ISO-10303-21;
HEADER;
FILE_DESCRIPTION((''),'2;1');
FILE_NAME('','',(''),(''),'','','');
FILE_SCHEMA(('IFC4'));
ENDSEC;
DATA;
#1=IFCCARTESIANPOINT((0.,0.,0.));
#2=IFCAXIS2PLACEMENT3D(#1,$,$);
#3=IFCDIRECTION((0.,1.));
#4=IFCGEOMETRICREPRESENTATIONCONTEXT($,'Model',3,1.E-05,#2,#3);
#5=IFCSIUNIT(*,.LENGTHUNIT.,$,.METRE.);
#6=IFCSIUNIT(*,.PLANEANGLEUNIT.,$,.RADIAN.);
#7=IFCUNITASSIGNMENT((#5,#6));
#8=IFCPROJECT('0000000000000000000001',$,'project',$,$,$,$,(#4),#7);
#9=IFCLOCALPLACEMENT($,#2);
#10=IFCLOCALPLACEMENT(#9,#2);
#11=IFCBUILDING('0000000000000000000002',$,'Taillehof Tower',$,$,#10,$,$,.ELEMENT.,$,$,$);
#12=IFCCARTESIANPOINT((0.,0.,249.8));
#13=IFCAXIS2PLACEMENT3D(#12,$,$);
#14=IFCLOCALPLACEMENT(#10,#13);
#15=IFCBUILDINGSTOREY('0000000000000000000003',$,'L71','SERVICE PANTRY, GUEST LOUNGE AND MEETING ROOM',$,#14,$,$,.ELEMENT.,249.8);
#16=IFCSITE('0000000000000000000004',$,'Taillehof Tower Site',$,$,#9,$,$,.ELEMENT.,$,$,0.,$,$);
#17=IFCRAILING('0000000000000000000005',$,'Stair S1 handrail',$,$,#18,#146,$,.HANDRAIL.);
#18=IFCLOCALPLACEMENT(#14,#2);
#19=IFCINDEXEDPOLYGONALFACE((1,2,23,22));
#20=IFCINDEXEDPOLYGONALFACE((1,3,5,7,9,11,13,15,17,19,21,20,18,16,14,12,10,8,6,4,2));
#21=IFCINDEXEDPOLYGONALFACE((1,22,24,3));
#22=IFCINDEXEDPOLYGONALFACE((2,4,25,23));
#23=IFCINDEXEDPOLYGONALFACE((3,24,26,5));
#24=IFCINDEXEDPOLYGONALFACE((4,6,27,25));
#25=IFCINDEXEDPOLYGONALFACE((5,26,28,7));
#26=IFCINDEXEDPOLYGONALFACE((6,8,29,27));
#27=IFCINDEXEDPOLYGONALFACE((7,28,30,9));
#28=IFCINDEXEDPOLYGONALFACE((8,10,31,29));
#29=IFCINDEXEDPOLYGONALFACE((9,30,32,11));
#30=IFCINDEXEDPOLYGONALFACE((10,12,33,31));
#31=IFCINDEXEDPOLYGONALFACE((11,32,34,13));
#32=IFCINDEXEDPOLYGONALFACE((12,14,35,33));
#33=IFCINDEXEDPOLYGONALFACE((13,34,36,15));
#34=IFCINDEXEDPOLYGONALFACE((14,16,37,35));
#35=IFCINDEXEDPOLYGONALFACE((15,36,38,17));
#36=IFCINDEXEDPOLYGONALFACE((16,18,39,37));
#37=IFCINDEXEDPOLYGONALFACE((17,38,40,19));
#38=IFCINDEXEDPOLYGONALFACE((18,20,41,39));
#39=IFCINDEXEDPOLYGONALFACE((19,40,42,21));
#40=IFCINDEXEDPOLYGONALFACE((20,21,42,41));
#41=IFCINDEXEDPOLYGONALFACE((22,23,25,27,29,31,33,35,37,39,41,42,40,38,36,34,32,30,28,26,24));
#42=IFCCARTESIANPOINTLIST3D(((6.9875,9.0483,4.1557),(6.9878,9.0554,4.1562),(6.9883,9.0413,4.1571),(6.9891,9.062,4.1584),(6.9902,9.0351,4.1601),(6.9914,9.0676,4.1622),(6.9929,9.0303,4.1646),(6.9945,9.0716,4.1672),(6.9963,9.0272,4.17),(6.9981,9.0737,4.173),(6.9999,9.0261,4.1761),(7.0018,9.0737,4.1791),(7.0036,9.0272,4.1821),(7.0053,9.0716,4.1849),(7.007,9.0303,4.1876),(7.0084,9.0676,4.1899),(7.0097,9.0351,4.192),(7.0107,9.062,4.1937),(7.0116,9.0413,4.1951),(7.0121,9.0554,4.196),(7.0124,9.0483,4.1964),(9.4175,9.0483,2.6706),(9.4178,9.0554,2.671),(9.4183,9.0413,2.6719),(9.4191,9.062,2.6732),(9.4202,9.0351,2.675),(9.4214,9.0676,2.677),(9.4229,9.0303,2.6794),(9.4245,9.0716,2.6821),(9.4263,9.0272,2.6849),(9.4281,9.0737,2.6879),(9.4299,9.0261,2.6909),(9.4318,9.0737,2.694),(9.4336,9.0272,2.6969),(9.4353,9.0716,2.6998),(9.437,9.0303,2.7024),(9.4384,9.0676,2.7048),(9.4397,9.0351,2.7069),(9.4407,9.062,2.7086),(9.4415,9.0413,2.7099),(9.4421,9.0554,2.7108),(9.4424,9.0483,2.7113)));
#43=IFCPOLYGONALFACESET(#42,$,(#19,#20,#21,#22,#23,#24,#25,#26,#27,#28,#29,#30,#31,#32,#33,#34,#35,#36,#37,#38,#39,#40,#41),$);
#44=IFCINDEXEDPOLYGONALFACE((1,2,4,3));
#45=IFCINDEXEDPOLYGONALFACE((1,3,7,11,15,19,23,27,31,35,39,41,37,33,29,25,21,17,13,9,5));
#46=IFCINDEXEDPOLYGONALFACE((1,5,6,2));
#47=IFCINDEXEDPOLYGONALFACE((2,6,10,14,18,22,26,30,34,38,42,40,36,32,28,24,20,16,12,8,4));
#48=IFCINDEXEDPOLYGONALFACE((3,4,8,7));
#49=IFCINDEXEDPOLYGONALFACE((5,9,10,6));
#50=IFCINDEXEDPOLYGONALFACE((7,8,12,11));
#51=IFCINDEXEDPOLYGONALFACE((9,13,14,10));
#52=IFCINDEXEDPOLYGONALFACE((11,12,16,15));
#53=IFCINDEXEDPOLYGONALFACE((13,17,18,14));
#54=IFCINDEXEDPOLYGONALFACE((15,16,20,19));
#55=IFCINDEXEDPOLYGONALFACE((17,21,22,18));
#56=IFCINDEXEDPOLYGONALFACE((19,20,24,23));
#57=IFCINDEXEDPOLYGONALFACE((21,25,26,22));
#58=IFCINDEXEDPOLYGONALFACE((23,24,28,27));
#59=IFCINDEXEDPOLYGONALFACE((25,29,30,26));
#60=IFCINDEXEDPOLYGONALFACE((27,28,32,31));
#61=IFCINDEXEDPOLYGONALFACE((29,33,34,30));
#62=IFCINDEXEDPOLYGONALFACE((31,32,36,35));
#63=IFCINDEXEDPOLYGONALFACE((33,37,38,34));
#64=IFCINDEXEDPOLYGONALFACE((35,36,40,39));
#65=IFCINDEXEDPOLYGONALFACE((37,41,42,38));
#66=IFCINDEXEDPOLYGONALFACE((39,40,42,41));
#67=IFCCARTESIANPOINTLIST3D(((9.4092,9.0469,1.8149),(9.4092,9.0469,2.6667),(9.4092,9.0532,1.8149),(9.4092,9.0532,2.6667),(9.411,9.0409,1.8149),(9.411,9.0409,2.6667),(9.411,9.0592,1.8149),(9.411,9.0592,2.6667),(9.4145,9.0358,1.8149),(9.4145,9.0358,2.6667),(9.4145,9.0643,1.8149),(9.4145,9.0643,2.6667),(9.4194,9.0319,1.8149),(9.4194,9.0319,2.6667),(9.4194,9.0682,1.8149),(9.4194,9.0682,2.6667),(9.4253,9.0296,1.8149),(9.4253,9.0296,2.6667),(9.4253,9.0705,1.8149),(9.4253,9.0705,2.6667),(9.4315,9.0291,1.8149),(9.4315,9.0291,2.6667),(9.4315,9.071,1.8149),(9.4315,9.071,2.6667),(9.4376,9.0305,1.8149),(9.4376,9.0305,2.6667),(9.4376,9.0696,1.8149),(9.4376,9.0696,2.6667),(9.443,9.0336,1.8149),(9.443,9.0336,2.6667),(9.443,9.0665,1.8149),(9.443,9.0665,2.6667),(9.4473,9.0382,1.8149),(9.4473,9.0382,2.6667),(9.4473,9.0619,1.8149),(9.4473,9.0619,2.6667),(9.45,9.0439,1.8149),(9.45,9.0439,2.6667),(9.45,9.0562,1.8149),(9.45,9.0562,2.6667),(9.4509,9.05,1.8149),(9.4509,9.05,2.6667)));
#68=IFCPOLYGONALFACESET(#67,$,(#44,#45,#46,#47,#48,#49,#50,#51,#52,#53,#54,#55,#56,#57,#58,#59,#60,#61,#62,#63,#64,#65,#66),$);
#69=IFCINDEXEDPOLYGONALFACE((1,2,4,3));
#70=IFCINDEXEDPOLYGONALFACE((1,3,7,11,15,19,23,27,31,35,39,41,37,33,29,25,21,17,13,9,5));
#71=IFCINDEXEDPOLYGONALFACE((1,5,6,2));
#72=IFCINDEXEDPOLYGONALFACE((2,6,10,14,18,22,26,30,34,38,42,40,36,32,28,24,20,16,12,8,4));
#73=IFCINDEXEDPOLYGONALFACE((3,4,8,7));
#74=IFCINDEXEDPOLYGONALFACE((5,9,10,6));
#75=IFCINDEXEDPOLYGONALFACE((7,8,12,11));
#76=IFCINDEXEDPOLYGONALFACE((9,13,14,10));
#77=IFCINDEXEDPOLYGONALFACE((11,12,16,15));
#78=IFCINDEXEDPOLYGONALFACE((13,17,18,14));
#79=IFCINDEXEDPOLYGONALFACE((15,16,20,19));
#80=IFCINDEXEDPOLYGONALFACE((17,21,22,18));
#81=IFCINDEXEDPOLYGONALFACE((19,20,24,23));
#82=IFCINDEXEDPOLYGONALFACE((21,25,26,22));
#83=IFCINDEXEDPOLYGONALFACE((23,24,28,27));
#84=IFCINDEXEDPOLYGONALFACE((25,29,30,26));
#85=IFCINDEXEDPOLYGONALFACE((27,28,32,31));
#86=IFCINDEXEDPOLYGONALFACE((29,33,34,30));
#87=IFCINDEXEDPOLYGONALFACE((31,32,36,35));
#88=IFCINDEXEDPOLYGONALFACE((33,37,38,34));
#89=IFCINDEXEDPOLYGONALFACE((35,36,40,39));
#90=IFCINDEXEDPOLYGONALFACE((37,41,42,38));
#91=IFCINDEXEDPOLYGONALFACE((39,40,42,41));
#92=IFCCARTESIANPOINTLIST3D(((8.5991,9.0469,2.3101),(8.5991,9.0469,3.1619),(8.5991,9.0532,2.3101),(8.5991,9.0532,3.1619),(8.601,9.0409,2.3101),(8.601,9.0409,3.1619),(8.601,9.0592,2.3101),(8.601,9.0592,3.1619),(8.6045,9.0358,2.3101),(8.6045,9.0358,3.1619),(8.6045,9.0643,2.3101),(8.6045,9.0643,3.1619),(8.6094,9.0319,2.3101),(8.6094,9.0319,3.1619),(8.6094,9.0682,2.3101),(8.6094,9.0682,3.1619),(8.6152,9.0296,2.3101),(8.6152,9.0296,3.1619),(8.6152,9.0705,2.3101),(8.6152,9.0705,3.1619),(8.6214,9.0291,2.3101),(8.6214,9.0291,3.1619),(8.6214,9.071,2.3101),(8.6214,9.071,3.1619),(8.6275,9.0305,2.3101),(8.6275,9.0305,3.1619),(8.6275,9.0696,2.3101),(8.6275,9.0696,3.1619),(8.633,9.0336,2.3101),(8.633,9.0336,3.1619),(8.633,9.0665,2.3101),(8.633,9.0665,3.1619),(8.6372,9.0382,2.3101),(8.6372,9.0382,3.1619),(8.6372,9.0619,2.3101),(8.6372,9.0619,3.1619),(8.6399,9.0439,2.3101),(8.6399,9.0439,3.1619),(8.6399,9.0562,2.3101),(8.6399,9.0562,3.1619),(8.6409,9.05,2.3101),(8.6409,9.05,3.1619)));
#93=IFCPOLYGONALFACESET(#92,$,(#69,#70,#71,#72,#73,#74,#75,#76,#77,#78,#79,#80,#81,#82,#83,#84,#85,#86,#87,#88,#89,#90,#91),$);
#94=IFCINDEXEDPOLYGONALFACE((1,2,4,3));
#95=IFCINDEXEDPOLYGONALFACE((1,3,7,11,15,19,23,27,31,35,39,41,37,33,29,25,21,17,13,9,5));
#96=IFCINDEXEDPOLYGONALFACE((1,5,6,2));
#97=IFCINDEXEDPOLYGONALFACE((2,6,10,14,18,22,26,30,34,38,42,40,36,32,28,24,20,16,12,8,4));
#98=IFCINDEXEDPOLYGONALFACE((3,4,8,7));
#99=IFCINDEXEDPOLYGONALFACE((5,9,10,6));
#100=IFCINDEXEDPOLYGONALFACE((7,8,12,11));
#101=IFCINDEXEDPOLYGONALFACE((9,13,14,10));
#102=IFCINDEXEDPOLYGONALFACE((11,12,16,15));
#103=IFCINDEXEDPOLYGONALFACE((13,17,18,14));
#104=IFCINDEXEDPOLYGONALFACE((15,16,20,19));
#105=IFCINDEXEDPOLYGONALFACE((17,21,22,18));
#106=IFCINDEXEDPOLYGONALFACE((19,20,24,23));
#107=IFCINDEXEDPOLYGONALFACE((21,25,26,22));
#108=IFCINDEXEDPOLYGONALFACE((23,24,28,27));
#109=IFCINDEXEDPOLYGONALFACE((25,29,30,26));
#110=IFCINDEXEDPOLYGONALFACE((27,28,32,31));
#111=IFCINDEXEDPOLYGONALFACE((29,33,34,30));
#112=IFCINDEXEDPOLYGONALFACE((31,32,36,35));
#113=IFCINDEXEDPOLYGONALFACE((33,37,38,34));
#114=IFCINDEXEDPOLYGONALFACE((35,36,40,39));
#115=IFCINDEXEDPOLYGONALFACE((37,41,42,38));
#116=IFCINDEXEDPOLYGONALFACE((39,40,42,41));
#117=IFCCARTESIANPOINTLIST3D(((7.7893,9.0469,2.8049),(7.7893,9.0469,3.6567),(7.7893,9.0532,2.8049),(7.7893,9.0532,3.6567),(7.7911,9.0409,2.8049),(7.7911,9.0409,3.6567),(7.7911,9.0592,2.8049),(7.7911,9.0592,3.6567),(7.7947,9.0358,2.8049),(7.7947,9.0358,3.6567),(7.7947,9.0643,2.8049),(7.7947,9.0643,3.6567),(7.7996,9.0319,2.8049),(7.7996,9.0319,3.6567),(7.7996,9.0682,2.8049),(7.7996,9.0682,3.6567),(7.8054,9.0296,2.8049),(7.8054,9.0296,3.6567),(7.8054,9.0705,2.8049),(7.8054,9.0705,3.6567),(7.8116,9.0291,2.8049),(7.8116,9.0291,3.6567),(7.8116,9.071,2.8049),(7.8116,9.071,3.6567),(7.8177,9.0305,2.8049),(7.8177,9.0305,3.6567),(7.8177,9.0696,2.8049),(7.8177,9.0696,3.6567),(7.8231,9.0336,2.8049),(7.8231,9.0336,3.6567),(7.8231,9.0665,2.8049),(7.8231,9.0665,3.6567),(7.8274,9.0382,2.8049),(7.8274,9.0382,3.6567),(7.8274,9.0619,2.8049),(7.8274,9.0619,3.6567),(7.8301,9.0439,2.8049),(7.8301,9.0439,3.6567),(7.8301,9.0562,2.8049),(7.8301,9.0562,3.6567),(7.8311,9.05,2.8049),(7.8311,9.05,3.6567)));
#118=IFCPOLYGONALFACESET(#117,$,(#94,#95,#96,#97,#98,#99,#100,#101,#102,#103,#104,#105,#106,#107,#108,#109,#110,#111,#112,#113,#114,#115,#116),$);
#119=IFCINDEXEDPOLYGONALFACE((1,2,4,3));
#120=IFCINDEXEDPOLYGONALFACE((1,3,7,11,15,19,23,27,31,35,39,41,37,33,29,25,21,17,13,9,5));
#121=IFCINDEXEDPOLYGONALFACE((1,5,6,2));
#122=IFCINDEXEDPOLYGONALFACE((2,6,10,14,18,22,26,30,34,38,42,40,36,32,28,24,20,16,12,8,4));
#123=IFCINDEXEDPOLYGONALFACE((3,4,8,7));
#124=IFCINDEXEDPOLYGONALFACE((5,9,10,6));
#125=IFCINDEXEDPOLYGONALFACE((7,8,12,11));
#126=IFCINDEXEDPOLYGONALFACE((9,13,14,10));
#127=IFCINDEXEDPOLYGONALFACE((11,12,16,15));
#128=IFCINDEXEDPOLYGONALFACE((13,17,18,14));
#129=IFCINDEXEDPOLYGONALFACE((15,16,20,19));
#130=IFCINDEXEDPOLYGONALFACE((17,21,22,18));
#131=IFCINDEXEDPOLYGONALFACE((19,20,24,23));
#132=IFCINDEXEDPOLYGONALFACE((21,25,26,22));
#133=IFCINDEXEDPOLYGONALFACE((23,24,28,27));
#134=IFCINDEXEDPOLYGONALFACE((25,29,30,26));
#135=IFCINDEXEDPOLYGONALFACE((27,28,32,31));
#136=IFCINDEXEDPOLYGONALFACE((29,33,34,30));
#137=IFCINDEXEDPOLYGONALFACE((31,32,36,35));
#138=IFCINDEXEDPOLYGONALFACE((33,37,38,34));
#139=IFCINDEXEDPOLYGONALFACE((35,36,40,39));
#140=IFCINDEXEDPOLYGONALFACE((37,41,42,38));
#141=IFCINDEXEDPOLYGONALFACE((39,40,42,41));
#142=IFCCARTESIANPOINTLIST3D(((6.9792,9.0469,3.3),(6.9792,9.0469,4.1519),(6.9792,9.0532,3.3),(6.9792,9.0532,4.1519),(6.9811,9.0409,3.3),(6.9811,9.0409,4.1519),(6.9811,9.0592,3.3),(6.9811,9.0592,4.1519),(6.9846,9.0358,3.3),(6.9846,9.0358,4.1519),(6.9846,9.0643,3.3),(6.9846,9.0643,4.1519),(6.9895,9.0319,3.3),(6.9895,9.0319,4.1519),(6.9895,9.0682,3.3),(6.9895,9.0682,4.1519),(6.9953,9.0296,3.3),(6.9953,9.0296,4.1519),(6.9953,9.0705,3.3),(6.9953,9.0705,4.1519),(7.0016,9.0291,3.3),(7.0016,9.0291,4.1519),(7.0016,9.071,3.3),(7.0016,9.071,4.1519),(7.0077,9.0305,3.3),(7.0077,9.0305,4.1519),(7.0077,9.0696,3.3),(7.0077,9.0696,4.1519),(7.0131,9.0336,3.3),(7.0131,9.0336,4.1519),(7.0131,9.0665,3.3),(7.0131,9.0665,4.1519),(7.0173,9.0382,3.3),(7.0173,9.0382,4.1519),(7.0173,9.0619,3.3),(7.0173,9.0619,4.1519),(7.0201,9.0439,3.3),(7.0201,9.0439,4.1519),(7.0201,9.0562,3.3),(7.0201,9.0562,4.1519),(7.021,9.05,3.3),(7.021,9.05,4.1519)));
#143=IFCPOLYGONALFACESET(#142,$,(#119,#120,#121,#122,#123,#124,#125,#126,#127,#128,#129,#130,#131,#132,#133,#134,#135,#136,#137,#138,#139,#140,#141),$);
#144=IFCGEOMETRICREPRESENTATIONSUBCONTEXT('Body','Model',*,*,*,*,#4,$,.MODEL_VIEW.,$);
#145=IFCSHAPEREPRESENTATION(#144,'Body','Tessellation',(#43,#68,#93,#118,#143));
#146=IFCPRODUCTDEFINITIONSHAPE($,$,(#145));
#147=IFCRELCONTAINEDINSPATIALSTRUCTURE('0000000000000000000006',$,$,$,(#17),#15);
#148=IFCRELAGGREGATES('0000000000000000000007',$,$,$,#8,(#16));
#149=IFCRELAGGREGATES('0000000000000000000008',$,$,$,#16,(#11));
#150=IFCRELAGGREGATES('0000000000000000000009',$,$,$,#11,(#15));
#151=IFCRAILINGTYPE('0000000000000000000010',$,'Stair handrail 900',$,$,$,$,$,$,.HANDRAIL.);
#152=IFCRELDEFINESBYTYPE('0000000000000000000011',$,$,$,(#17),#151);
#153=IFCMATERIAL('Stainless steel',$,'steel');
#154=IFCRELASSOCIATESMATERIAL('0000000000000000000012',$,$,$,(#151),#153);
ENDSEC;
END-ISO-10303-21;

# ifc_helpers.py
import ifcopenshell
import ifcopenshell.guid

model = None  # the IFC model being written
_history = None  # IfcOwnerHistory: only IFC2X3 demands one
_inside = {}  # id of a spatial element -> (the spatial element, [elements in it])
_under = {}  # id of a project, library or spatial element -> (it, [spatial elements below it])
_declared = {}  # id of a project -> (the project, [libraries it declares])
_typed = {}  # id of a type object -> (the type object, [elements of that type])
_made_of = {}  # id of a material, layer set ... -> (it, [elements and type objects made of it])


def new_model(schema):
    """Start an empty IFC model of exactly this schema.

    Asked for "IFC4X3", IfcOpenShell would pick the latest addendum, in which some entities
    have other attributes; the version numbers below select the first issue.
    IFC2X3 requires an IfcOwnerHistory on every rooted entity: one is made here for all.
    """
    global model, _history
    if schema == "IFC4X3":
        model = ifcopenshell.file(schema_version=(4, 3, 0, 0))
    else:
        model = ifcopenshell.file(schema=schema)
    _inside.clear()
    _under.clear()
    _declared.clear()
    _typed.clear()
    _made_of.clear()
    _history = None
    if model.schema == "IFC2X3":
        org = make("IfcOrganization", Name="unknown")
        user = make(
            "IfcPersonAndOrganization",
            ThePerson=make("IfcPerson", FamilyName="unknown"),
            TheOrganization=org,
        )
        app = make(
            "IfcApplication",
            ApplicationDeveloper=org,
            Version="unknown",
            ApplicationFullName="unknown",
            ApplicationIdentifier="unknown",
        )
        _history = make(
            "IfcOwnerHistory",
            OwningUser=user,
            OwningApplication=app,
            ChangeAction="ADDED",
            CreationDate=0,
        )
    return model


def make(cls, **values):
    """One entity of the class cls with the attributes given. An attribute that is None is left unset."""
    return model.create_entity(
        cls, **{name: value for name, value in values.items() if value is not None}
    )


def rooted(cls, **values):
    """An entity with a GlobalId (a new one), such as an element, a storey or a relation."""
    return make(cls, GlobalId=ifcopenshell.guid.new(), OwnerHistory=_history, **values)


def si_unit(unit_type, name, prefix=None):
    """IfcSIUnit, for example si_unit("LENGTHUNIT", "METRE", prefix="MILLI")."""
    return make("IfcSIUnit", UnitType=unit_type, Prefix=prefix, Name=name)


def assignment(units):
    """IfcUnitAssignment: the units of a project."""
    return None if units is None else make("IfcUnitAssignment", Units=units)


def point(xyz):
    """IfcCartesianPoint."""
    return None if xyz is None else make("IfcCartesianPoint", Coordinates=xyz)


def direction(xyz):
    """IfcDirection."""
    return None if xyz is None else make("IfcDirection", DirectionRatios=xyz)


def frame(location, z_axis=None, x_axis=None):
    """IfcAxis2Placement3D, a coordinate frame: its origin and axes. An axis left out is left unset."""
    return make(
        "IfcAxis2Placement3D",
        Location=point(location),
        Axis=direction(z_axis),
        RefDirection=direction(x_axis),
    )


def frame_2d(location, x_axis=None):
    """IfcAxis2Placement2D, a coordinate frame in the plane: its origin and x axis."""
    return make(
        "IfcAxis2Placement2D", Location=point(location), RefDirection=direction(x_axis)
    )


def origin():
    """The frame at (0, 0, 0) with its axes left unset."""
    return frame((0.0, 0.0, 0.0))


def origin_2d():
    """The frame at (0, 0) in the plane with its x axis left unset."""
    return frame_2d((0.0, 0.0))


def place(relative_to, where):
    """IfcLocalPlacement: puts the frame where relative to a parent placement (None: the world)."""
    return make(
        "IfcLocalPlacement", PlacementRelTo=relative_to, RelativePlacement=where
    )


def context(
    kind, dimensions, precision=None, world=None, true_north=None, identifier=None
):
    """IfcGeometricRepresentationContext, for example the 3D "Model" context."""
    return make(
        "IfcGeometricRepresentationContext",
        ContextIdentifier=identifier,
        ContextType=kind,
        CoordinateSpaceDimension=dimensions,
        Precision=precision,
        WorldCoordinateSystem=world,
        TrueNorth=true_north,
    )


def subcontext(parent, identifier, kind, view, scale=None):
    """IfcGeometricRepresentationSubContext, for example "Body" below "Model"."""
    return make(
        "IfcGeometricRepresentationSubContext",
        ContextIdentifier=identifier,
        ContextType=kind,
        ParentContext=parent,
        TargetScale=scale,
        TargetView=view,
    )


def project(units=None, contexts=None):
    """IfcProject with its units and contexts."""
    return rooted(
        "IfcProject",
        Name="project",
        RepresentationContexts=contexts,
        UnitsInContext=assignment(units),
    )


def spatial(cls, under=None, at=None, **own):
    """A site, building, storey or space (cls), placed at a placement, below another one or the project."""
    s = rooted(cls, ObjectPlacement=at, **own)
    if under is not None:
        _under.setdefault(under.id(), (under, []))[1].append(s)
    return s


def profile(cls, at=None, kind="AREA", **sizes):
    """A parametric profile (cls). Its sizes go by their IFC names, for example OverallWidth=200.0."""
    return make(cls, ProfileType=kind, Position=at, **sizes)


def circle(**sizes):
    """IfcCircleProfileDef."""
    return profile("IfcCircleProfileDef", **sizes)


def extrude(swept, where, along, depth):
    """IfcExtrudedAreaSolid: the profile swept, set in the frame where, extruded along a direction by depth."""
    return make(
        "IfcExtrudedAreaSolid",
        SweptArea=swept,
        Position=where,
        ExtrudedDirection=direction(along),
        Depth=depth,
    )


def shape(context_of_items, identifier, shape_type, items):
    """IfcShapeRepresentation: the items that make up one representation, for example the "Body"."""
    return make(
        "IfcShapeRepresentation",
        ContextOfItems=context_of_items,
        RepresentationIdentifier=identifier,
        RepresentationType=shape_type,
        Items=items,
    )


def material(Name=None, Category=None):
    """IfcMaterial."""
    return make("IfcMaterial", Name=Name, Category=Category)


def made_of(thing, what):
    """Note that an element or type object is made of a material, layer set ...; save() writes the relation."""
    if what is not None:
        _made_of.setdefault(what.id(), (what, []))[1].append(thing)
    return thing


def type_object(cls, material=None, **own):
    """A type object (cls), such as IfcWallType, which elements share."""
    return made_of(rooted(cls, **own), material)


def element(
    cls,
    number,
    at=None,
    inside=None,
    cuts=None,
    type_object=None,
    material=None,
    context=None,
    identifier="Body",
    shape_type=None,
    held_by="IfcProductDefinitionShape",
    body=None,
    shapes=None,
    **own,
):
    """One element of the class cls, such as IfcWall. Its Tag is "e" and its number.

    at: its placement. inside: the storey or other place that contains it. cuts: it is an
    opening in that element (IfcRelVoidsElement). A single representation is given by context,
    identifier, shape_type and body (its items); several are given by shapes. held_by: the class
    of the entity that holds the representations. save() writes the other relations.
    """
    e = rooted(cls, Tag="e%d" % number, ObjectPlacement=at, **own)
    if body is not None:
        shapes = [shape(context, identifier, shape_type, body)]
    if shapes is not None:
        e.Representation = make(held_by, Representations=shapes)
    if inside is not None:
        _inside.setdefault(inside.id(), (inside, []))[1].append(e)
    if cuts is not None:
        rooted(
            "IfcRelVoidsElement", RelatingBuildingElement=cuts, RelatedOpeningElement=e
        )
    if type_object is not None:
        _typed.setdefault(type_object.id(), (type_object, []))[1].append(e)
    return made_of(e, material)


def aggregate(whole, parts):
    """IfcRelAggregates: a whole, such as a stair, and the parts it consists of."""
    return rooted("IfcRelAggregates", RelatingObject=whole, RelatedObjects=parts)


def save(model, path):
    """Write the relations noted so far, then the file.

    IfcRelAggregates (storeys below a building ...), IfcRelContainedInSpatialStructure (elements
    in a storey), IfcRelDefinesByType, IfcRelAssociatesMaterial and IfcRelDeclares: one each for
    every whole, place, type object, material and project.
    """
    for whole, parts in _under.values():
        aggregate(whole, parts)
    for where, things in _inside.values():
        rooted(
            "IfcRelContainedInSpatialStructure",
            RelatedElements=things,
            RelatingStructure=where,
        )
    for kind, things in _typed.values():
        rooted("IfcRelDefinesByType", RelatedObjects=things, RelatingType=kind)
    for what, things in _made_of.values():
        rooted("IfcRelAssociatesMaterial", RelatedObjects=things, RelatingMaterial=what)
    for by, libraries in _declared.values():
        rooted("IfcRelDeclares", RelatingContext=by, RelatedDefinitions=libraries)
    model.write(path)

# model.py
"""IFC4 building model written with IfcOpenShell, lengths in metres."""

from ifc_helpers import new_model, si_unit, direction, frame, origin, origin_2d, place, context, subcontext, project, spatial, circle, extrude, material, type_object, element, save


model = new_model("IFC4")

# Units and contexts
model_context = context("Model", 3, precision=1e-05, world=origin(), true_north=direction((0.0, 1.0)))
body_context = subcontext(model_context, "Body", "Model", "MODEL_VIEW")
ifc_project = project(units=[si_unit("LENGTHUNIT", "METRE"), si_unit("PLANEANGLEUNIT", "RADIAN")], contexts=[model_context])

# Site, building, storey
site_placement = place(None, origin())
site = spatial("IfcSite", under=ifc_project, at=site_placement, Name="Taillehof Tower Site", CompositionType="ELEMENT", RefElevation=0.0)
building_placement = place(site_placement, origin())
building = spatial("IfcBuilding", under=site, at=building_placement, Name="Taillehof Tower", CompositionType="ELEMENT")
storey_placement = place(building_placement, frame((0.0, 0.0, 249.8)))
storey = spatial("IfcBuildingStorey", under=building, at=storey_placement, Name="L71", Description="SERVICE PANTRY, GUEST LOUNGE AND MEETING ROOM", CompositionType="ELEMENT", Elevation=249.8)

# Railing
ifc_material_1 = material(Name="Stainless steel", Category="steel")
railing_type = type_object("IfcRailingType", Name="Stair handrail 900", PredefinedType="HANDRAIL", material=ifc_material_1)
railing_placement = place(storey_placement, frame((9.4299, 9.05, 1.8149)))
element("IfcRailing", 1, at=railing_placement, inside=storey, type_object=railing_type, Name="Stair S1 handrail", PredefinedType="HANDRAIL", context=body_context, shape_type="SweptSolid", body=[
    extrude(circle(Radius=0.0239, at=origin_2d()), frame((0.0, 0.0, 0.876), z_axis=(-0.853259, 0.0, 0.521488), x_axis=(0.0, -1.0, 0.0)), (0.0, 0.0, 1.0), 2.8479),
    extrude(circle(Radius=0.021, at=origin_2d()), origin(), (0.0, 0.0, 1.0), 0.8518),
    extrude(circle(Radius=0.021, at=origin_2d()), frame((-0.8101, 0.0, 0.4951)), (0.0, 0.0, 1.0), 0.8518),
    extrude(circle(Radius=0.021, at=origin_2d()), frame((-1.6199, 0.0, 0.99)), (0.0, 0.0, 1.0), 0.8518),
    extrude(circle(Radius=0.021, at=origin_2d()), frame((-2.4299, 0.0, 1.4851)), (0.0, 0.0, 1.0), 0.8518),
])

save(model, "model.ifc")
